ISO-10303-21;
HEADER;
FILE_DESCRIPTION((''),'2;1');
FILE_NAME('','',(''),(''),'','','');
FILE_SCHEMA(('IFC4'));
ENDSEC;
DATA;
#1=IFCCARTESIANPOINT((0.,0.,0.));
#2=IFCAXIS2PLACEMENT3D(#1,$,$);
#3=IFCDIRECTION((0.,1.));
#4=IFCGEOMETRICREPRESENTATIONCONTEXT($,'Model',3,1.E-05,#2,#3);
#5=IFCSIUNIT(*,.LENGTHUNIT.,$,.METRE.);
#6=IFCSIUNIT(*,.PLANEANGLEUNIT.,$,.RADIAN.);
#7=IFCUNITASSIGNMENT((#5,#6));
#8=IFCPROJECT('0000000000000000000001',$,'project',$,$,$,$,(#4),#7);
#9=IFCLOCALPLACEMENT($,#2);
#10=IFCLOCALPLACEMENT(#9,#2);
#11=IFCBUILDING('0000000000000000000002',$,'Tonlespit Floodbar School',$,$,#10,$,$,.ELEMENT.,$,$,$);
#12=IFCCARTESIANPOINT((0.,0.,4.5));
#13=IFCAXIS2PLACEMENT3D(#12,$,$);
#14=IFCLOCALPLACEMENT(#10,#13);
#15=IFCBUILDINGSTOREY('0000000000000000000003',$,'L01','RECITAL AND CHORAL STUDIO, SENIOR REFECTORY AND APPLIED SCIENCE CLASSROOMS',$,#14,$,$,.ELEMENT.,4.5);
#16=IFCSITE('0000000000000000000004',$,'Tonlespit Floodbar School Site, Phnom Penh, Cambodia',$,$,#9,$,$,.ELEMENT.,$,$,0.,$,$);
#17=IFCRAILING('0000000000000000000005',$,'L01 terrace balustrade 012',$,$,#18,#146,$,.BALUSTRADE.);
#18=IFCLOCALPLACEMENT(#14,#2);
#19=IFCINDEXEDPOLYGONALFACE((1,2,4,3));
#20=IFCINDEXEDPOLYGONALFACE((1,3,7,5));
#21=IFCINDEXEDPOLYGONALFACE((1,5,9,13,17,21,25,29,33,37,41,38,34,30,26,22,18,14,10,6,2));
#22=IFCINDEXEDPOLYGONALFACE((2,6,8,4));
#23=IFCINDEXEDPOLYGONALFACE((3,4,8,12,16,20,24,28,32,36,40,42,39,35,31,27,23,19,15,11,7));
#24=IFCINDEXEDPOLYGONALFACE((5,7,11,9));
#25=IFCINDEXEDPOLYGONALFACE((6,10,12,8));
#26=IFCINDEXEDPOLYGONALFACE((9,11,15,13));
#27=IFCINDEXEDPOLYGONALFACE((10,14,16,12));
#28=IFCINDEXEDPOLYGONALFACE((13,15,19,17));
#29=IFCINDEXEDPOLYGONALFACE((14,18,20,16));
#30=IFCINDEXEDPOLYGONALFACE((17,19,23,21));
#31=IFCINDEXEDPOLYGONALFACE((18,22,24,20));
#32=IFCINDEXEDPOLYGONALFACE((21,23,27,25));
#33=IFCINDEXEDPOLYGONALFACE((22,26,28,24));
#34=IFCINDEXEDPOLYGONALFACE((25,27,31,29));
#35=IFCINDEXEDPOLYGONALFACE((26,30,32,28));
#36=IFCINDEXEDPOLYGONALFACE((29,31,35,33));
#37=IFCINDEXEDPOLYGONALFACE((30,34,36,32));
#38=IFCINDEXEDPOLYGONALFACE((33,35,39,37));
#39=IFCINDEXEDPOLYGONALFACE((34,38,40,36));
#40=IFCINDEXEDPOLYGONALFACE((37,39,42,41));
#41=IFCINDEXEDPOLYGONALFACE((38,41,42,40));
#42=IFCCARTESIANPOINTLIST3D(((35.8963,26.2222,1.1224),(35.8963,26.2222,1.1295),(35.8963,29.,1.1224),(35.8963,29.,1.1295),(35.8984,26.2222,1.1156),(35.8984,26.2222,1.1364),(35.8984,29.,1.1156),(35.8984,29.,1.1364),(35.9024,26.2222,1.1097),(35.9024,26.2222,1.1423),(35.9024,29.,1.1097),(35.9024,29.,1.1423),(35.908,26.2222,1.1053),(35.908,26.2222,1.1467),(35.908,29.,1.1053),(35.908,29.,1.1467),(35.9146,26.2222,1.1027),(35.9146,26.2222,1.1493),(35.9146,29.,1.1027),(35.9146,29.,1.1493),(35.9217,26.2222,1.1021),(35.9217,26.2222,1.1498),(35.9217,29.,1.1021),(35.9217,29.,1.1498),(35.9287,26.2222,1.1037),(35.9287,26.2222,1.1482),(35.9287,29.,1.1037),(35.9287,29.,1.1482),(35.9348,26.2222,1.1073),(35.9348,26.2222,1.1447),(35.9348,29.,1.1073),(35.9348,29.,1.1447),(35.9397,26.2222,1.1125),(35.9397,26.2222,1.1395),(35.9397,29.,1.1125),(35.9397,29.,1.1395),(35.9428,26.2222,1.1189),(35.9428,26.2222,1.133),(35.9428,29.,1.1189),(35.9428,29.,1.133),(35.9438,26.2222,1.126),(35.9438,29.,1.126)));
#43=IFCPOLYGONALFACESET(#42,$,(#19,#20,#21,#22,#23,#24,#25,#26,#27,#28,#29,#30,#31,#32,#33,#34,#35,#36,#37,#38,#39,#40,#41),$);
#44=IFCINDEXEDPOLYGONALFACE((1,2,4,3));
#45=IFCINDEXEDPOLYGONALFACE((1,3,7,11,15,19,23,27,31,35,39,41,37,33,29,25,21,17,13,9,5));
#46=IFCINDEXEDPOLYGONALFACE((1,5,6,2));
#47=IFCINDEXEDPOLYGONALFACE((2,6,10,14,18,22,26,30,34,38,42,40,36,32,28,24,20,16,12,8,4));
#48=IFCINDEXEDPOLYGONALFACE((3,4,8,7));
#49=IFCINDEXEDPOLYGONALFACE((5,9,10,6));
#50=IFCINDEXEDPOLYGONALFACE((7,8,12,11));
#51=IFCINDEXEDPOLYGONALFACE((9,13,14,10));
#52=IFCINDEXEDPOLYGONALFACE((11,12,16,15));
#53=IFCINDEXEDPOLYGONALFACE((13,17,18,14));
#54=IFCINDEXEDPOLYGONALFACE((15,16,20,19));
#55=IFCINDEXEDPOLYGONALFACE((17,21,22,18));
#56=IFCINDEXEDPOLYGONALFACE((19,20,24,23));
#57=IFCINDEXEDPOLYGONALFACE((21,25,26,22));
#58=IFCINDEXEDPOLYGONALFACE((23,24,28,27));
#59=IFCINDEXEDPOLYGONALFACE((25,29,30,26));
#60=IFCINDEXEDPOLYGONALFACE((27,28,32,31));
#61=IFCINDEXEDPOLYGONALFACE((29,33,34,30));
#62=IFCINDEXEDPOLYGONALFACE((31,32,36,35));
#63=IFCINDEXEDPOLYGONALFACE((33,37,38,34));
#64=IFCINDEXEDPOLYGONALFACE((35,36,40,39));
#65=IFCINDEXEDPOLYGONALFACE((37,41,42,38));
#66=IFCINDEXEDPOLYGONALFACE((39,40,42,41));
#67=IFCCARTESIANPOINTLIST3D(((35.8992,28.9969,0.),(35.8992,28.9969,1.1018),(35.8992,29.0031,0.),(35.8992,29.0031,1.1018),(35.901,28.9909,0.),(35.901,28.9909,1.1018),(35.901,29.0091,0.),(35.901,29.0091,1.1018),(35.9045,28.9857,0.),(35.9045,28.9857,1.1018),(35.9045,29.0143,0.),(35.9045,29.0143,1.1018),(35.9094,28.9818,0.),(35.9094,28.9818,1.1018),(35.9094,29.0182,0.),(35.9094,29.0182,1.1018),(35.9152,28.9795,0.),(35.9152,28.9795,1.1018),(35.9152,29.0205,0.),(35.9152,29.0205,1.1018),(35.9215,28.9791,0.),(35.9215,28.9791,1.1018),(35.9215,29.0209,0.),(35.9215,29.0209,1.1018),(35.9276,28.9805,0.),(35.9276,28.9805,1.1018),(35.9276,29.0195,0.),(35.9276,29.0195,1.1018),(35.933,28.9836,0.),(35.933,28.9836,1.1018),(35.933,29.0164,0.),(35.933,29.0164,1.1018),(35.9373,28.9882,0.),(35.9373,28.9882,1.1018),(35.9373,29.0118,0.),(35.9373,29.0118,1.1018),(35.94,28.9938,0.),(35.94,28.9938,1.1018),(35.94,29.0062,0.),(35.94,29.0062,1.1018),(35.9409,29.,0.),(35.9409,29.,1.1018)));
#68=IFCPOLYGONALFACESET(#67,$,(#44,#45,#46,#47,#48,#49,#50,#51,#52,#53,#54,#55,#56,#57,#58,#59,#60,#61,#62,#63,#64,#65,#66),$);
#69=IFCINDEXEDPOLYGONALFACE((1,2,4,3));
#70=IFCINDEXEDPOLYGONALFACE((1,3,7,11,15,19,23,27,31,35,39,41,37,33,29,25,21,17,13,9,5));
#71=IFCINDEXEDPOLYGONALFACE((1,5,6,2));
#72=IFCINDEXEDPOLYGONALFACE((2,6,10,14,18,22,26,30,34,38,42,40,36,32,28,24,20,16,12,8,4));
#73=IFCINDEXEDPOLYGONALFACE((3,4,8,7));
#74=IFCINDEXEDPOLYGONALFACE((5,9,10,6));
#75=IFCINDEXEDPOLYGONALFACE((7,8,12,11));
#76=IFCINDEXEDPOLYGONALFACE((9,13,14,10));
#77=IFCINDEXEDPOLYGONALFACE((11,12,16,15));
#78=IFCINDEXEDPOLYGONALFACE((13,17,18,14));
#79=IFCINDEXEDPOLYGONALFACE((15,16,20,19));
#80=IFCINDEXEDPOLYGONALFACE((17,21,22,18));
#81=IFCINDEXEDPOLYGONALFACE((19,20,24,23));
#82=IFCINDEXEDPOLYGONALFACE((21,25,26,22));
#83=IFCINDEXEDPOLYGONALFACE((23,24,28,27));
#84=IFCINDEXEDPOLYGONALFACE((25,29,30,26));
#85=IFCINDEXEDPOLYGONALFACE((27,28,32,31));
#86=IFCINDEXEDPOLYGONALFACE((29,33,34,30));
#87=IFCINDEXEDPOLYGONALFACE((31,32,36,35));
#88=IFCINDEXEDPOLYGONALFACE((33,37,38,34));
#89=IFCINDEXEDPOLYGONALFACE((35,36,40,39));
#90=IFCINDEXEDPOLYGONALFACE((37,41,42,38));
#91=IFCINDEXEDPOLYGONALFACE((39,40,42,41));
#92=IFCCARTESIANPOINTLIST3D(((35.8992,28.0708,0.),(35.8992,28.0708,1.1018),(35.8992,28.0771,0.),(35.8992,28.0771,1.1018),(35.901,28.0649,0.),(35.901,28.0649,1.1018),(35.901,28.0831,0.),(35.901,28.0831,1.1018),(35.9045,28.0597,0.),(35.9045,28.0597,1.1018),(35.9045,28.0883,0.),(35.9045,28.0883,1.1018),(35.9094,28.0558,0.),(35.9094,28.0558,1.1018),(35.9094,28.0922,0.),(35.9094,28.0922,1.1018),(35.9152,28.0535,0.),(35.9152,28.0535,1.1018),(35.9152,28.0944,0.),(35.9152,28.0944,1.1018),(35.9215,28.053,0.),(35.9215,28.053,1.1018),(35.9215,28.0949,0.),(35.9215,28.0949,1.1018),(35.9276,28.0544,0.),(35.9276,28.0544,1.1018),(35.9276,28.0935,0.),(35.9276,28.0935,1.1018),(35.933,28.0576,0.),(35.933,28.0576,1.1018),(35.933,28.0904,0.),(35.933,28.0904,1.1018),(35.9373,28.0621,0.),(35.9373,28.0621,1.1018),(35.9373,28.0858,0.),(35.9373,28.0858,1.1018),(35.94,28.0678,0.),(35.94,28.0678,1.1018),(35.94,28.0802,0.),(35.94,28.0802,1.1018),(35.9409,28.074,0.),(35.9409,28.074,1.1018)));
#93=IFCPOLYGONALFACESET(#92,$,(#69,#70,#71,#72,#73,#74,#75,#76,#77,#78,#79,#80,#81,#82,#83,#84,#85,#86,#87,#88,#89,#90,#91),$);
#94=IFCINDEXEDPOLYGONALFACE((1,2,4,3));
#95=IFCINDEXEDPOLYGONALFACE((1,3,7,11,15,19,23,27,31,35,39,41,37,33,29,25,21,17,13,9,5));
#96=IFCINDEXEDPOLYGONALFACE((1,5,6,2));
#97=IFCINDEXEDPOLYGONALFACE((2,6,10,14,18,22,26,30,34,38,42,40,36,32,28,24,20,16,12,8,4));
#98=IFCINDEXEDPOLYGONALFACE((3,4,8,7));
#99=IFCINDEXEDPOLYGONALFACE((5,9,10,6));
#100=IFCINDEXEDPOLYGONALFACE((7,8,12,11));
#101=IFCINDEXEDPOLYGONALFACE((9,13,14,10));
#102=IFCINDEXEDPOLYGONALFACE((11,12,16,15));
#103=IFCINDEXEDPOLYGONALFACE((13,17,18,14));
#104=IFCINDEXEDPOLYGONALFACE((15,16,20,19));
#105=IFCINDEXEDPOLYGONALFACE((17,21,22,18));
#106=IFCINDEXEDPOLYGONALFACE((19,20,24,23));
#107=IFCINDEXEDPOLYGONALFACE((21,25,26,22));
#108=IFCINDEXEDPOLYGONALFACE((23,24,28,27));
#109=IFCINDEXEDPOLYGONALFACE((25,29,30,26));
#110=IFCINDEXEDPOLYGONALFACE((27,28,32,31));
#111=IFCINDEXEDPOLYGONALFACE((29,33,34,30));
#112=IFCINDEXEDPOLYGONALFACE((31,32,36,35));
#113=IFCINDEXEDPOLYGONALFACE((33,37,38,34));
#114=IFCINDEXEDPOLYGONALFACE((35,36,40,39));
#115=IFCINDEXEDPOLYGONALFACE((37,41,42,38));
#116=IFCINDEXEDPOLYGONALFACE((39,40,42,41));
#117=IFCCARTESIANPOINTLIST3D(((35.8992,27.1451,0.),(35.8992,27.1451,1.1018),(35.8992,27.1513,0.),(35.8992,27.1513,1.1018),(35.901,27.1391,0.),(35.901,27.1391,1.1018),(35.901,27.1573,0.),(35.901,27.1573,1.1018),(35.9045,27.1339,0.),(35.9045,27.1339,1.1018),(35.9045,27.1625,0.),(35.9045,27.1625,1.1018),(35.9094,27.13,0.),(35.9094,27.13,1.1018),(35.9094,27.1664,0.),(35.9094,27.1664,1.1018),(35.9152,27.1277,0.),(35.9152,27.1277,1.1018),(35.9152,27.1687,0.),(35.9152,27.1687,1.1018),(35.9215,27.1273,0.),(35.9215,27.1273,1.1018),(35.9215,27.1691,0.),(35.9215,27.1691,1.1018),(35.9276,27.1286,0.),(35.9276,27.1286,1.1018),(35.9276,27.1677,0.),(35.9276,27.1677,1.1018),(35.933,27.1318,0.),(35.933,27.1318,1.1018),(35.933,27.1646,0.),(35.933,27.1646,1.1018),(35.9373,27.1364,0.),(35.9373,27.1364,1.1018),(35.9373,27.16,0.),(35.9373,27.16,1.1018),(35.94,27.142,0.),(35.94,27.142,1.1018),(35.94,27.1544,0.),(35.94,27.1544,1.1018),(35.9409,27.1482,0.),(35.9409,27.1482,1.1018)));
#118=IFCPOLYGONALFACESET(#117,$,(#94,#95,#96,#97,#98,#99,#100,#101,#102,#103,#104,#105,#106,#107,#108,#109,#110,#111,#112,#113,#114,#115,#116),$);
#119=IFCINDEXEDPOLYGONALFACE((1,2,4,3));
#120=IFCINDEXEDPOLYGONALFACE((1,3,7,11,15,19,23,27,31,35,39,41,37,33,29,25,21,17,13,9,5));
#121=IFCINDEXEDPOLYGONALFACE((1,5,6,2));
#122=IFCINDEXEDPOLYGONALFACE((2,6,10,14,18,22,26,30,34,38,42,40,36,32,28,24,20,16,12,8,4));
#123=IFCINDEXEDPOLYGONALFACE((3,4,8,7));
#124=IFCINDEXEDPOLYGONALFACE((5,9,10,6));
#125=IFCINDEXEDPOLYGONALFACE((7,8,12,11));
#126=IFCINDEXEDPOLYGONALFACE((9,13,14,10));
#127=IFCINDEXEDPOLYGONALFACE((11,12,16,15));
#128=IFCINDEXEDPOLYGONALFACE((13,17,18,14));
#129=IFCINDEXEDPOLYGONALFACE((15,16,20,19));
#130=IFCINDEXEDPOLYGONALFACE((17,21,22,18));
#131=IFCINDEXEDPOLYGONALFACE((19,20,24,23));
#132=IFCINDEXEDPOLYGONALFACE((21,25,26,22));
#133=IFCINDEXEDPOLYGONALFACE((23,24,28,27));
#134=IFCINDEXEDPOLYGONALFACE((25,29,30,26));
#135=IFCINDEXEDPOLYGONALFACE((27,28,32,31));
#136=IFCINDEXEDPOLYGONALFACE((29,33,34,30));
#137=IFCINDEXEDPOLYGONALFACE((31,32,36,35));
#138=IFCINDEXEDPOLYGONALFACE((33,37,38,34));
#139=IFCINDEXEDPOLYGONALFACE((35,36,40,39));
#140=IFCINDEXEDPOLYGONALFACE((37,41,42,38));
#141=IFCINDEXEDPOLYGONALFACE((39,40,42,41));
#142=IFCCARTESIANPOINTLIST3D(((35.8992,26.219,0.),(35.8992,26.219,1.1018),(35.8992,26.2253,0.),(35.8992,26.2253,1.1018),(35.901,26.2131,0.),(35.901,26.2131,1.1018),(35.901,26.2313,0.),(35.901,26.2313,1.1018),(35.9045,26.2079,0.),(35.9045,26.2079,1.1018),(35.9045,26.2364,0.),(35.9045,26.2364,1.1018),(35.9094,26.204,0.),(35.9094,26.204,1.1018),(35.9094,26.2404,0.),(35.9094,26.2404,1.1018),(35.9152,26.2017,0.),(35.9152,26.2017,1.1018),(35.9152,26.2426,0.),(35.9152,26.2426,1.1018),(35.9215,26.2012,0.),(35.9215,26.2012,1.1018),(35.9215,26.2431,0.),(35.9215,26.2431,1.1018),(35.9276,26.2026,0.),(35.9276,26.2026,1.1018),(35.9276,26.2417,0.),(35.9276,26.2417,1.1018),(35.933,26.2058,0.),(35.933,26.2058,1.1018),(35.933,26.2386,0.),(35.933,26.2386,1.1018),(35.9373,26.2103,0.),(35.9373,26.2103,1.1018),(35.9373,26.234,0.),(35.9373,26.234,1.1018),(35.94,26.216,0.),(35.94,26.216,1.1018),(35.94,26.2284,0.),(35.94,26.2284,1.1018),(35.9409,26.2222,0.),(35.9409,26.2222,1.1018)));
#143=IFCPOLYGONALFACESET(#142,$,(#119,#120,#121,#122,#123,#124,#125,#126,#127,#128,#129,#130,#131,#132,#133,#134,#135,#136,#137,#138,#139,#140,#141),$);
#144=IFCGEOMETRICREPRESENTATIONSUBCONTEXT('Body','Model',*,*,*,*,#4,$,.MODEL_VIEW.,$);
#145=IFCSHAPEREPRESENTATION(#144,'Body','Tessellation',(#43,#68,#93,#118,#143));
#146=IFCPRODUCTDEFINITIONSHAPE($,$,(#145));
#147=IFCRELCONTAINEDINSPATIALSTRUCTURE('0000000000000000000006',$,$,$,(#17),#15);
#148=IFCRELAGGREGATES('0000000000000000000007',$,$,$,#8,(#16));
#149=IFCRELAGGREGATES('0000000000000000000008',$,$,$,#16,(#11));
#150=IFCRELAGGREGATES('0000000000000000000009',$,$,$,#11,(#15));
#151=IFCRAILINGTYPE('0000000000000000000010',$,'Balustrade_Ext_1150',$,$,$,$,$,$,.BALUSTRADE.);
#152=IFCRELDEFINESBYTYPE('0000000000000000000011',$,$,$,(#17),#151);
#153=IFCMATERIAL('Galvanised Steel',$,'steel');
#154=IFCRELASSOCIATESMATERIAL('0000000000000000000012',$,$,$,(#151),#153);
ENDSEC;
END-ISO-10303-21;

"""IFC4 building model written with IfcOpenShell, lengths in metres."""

from ifc_helpers import new_model, si_unit, direction, frame, origin, origin_2d, place, context, subcontext, project, spatial, circle, extrude, material, type_object, element, save


model = new_model("IFC4")

# Units and contexts
model_context = context("Model", 3, precision=1e-05, world=origin(), true_north=direction((0.0, 1.0)))
body_context = subcontext(model_context, "Body", "Model", "MODEL_VIEW")
ifc_project = project(units=[si_unit("LENGTHUNIT", "METRE"), si_unit("PLANEANGLEUNIT", "RADIAN")], contexts=[model_context])

# Site, building, storey
site_placement = place(None, origin())
site = spatial("IfcSite", under=ifc_project, at=site_placement, Name="Tonlespit Floodbar School Site, Phnom Penh, Cambodia", CompositionType="ELEMENT", RefElevation=0.0)
building_placement = place(site_placement, origin())
building = spatial("IfcBuilding", under=site, at=building_placement, Name="Tonlespit Floodbar School", CompositionType="ELEMENT")
storey_placement = place(building_placement, frame((0.0, 0.0, 4.5)))
storey = spatial("IfcBuildingStorey", under=building, at=storey_placement, Name="L01", Description="RECITAL AND CHORAL STUDIO, SENIOR REFECTORY AND APPLIED SCIENCE CLASSROOMS", CompositionType="ELEMENT", Elevation=4.5)

# Railing
ifc_material_1 = material(Name="Galvanised Steel", Category="steel")
railing_type_1 = type_object("IfcRailingType", Name="Balustrade_Ext_1150", PredefinedType="BALUSTRADE", material=ifc_material_1)
railing_1_placement = place(storey_placement, frame((35.9199, 29.0, 0.0)))
element("IfcRailing", 1, at=railing_1_placement, inside=storey, type_object=railing_type_1, Name="L01 terrace balustrade 012", PredefinedType="BALUSTRADE", context=body_context, shape_type="SweptSolid", body=[
    extrude(circle(Radius=0.0239, at=origin_2d()), frame((0.0, 0.0, 1.126), z_axis=(0.0, -1.0, 0.0), x_axis=(1.0, 0.0, 0.0)), (0.0, 0.0, 1.0), 2.7778),
    extrude(circle(Radius=0.021, at=origin_2d()), origin(), (0.0, 0.0, 1.0), 1.1018),
    extrude(circle(Radius=0.021, at=origin_2d()), frame((0.0, -0.926, 0.0)), (0.0, 0.0, 1.0), 1.1018),
    extrude(circle(Radius=0.021, at=origin_2d()), frame((0.0, -1.8518, 0.0)), (0.0, 0.0, 1.0), 1.1018),
    extrude(circle(Radius=0.021, at=origin_2d()), frame((0.0, -2.7778, 0.0)), (0.0, 0.0, 1.0), 1.1018),
])

save(model, "model.ifc")
